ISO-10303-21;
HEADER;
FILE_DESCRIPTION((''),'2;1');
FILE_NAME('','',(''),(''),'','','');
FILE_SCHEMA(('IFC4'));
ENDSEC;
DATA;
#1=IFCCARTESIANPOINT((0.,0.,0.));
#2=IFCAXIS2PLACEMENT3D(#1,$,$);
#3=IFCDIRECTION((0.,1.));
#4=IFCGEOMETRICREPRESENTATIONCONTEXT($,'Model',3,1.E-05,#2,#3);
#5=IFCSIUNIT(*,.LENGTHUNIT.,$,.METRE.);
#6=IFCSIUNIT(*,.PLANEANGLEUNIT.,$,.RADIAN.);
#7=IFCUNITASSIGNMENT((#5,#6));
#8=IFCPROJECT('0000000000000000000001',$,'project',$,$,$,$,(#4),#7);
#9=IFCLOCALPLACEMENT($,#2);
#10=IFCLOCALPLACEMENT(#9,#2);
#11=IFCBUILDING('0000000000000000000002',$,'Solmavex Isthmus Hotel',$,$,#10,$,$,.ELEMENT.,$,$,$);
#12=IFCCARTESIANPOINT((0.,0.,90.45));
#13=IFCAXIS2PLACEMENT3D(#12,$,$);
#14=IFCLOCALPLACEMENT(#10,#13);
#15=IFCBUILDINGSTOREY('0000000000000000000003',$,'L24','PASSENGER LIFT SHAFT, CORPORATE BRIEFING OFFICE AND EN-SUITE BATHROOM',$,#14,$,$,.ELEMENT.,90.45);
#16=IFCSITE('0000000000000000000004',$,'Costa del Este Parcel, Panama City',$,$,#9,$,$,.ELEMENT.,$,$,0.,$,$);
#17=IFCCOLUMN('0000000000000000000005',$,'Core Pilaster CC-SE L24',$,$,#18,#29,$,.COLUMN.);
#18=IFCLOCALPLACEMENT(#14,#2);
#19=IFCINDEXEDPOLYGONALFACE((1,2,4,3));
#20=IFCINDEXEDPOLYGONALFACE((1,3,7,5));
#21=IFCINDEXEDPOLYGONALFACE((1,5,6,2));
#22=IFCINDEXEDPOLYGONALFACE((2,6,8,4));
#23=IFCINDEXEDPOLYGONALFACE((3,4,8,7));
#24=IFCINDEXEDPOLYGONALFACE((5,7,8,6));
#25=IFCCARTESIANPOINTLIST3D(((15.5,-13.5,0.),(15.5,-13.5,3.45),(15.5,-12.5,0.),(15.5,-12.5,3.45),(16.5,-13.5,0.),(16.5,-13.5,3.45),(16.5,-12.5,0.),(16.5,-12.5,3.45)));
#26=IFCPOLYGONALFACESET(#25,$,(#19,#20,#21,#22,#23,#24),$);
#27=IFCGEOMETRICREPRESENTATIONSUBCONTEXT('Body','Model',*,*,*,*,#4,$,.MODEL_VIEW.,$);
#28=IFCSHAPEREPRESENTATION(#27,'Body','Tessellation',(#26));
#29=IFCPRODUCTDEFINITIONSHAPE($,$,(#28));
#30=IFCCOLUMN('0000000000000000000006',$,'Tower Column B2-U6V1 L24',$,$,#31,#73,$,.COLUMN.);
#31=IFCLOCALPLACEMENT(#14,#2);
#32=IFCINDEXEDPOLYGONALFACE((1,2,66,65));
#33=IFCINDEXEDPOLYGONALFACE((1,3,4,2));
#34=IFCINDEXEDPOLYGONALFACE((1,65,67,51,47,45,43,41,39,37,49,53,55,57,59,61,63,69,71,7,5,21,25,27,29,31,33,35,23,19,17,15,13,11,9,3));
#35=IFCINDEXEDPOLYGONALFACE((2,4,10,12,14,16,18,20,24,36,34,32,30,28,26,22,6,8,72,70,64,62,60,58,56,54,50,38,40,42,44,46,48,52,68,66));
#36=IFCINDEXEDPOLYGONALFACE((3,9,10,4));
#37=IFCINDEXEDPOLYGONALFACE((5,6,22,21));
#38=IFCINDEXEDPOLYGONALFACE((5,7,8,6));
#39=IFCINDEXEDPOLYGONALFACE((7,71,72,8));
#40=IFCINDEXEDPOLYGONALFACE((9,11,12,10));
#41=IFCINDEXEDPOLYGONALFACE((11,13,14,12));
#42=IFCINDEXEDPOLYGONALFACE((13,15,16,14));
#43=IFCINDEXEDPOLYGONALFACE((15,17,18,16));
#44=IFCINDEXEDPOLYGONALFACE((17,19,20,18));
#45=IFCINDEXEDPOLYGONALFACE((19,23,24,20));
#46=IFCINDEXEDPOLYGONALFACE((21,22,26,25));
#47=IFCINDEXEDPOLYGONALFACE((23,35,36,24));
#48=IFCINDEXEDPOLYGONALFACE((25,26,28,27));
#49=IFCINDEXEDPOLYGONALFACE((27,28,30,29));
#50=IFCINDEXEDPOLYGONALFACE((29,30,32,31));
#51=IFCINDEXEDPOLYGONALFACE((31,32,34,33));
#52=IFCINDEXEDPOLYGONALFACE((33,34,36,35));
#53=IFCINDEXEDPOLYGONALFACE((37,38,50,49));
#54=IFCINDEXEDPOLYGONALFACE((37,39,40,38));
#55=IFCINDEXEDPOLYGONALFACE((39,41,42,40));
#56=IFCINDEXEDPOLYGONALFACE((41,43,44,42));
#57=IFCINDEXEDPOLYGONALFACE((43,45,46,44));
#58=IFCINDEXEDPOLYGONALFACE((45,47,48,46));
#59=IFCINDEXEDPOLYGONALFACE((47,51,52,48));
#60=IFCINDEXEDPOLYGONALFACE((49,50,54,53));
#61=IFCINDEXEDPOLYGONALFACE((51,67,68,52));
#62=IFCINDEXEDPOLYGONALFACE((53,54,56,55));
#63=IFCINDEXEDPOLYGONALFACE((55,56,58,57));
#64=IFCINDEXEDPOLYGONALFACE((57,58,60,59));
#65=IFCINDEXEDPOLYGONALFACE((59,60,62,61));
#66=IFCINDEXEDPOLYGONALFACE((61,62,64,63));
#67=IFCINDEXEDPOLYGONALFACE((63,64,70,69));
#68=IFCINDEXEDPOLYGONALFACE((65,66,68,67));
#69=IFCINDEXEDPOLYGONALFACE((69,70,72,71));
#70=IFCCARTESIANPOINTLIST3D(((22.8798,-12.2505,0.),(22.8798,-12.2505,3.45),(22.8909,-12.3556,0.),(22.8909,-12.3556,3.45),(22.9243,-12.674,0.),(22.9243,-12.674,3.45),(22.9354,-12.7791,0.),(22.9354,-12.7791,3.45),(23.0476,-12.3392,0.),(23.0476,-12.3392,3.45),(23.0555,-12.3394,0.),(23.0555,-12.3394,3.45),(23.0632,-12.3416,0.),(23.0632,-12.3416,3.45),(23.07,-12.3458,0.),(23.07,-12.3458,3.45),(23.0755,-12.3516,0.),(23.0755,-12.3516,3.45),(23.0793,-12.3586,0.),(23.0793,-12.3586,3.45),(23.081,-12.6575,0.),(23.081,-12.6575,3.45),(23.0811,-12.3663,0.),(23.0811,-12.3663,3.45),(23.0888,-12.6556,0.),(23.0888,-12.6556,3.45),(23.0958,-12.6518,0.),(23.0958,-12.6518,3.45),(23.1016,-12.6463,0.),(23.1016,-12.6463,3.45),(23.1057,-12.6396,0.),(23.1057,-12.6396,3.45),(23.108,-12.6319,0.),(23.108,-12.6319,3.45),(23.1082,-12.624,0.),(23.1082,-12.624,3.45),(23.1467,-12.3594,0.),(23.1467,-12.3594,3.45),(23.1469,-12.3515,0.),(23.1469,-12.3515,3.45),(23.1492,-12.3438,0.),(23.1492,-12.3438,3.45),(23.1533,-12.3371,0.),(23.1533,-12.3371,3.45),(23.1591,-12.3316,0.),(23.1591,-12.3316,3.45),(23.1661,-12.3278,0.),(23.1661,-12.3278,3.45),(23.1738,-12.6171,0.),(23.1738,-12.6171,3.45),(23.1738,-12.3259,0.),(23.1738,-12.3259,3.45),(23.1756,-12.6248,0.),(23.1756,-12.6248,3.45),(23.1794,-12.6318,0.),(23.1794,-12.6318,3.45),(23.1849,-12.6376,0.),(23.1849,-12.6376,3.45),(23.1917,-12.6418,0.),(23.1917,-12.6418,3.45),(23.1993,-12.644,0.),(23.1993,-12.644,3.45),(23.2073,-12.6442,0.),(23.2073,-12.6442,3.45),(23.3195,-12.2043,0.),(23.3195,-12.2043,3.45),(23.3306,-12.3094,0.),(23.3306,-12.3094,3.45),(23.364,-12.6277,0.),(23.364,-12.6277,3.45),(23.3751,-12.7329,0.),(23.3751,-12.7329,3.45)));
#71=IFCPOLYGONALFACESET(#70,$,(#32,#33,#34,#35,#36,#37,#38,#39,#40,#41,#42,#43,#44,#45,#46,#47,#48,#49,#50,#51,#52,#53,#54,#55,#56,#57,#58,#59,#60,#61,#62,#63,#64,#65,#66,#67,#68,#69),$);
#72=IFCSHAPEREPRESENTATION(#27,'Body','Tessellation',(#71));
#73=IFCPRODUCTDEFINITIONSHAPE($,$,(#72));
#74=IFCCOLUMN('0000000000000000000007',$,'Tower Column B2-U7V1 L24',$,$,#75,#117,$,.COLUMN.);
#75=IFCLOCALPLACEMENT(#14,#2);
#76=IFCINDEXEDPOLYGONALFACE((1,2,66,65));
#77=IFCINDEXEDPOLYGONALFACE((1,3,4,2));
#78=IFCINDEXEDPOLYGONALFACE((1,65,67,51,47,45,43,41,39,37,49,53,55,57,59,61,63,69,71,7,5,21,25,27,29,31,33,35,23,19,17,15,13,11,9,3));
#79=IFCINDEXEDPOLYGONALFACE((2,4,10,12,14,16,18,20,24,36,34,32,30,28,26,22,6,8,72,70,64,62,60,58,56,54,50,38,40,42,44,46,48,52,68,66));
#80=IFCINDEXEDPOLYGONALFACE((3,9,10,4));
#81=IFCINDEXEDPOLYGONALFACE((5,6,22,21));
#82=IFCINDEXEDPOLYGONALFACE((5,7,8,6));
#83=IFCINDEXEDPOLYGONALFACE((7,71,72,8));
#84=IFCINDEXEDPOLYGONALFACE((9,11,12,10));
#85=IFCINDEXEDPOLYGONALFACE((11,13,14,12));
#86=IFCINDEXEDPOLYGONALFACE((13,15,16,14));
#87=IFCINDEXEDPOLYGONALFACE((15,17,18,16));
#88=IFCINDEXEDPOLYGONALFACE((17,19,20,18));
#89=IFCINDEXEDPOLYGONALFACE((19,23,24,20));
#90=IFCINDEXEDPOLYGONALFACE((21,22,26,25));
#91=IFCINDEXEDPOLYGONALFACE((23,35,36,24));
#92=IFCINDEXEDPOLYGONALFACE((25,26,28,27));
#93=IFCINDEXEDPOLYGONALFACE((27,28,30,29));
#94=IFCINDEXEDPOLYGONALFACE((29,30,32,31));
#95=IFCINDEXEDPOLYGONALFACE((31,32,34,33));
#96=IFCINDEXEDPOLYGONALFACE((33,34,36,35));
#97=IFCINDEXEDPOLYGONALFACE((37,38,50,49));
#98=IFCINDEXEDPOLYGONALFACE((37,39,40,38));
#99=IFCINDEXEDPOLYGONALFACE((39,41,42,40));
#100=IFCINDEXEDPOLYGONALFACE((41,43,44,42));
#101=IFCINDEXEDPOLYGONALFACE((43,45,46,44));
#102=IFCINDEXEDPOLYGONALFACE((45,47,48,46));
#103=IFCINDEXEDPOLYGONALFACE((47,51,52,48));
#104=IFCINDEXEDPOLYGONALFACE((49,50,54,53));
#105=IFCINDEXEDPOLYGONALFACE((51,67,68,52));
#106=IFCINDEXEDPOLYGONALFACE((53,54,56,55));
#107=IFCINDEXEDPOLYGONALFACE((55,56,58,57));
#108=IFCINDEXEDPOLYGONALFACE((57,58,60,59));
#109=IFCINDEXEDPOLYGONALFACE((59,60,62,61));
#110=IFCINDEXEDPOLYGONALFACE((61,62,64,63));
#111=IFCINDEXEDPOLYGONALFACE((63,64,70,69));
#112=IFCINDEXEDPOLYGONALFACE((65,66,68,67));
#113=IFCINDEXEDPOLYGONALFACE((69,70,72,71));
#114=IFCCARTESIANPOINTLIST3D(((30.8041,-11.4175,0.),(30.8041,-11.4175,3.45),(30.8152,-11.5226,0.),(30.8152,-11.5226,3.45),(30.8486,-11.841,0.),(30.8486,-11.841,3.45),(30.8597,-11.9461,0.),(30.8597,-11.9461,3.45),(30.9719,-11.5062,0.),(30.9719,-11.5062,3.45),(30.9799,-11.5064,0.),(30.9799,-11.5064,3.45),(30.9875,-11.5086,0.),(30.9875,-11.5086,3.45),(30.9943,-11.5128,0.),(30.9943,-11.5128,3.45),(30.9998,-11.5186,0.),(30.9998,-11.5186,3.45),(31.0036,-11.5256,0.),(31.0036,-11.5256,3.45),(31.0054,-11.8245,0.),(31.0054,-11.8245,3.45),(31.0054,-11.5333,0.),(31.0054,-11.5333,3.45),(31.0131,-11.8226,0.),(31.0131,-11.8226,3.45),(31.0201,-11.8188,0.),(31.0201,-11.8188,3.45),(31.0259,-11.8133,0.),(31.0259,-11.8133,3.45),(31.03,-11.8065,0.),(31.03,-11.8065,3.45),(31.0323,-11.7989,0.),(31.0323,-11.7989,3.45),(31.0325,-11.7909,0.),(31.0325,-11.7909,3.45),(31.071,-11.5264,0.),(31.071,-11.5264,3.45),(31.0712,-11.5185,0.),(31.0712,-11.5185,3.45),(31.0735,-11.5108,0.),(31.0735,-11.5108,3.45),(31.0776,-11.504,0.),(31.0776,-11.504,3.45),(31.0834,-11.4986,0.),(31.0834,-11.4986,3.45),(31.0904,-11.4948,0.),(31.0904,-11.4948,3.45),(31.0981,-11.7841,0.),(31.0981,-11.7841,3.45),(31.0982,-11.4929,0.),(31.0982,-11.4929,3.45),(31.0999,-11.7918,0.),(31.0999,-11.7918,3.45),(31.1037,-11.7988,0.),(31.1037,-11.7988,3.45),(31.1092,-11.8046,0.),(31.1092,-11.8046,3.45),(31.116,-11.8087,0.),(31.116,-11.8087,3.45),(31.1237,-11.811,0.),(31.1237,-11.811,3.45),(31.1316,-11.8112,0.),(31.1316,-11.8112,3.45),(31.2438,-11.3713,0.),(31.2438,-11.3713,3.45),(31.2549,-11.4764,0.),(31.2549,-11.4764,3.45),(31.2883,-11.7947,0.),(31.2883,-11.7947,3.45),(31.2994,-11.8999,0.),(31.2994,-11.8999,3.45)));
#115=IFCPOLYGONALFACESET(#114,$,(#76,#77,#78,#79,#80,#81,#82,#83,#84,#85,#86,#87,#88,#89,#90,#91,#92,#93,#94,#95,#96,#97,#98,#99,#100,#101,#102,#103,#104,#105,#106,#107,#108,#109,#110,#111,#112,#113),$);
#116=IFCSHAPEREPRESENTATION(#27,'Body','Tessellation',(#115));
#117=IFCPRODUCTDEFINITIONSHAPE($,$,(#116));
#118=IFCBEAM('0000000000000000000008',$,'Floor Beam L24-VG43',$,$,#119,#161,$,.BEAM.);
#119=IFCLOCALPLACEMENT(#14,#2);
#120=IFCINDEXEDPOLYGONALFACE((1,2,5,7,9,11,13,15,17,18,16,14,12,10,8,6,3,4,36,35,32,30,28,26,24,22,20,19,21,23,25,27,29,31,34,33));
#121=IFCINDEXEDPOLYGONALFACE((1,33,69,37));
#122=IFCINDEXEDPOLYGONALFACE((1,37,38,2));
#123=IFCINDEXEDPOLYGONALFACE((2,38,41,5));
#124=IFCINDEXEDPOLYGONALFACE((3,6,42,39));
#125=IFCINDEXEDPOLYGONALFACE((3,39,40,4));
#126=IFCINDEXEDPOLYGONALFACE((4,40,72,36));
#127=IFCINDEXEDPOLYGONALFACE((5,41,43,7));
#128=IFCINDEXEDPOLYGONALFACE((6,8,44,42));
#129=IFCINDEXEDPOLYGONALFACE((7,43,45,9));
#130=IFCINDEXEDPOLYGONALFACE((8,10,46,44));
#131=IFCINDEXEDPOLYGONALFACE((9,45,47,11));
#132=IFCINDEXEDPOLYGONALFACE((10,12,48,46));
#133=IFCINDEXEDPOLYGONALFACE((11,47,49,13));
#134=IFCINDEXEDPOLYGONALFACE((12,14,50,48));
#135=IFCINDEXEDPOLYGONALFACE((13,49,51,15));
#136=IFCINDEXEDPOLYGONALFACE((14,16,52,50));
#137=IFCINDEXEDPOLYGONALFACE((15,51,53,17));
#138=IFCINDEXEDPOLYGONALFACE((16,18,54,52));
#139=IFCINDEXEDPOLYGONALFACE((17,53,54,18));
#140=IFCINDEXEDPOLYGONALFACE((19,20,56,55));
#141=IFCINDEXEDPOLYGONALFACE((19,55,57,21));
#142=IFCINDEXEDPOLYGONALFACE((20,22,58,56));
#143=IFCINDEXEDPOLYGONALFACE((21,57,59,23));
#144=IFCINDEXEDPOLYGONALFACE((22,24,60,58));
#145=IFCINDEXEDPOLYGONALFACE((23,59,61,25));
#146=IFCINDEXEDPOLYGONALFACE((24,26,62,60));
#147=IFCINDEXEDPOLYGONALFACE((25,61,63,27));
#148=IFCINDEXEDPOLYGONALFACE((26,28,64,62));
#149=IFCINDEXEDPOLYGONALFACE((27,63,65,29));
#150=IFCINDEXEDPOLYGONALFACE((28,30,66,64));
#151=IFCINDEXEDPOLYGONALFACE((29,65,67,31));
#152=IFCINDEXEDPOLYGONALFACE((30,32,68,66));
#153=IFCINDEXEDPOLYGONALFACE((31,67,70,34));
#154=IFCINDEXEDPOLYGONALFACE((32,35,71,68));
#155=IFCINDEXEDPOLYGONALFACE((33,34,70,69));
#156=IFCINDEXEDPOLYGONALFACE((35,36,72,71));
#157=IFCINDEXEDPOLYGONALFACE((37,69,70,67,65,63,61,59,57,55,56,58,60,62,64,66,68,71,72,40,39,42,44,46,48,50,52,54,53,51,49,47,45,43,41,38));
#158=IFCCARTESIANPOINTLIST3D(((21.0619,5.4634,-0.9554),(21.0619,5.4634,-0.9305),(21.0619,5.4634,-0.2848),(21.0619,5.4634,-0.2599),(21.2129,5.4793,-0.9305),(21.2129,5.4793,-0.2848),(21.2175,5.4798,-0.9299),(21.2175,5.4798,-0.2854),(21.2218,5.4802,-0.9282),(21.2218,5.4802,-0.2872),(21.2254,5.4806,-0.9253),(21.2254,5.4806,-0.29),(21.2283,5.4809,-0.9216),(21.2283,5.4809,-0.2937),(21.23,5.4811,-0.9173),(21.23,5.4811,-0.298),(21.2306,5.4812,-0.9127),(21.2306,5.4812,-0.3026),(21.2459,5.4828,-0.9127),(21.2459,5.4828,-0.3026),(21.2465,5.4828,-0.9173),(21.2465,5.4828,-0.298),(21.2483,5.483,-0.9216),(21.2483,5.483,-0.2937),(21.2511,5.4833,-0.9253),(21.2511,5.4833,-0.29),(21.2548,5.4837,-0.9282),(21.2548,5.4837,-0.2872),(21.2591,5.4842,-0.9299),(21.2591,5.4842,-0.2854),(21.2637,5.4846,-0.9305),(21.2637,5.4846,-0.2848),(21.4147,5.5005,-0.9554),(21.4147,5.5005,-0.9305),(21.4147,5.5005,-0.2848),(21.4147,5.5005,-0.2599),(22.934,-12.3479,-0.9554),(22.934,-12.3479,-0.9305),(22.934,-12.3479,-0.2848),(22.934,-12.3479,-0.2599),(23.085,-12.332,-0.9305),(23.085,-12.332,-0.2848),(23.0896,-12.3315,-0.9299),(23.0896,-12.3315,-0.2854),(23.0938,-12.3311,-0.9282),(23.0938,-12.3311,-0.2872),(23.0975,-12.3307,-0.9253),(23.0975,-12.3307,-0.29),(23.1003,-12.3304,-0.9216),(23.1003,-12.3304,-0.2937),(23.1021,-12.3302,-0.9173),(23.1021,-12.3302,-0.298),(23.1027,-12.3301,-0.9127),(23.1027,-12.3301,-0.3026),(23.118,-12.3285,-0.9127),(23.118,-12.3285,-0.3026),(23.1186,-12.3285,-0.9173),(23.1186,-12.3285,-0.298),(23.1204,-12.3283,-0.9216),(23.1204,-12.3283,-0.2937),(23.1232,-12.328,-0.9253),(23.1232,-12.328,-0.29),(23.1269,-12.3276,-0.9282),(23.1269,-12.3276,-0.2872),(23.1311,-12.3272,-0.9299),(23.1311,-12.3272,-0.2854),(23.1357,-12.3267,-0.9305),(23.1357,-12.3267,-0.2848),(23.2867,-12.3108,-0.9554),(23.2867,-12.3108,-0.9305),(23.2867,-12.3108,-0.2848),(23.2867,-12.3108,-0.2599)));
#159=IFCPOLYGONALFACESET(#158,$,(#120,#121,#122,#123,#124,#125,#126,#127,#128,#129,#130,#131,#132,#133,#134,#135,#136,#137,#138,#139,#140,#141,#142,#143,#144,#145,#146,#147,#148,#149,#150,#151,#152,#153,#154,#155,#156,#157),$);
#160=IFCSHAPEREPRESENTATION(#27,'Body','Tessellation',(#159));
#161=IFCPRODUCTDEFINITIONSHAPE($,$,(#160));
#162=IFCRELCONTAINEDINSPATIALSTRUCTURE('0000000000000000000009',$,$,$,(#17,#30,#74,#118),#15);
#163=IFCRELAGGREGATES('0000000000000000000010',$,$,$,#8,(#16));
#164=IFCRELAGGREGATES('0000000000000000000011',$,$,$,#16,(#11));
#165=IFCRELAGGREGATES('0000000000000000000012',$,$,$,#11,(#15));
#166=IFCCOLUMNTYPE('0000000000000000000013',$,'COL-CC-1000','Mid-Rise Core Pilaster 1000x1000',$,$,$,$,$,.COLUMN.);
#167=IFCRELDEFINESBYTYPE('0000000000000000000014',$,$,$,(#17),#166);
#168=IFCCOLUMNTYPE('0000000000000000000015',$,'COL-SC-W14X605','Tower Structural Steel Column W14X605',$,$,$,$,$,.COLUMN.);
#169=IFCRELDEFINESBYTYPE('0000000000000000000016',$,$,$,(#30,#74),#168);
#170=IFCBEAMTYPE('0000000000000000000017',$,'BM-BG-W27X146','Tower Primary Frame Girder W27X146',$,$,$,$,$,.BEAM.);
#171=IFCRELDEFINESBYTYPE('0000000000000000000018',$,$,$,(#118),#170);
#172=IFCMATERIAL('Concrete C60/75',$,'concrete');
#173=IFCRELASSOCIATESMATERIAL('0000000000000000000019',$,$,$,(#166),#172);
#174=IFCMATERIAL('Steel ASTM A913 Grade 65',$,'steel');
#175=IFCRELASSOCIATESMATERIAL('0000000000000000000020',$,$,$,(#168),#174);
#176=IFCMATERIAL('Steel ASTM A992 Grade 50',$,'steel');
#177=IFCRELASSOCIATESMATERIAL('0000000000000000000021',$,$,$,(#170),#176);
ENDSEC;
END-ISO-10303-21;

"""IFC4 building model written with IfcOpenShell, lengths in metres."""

from ifc_helpers import new_model, si_unit, direction, frame, origin, origin_2d, place, context, subcontext, project, spatial, rectangle, i_section, extrude, material, material_profile, profile_set, type_object, element, save


model = new_model("IFC4")

# Units and contexts
model_context = context("Model", 3, precision=1e-05, world=origin(), true_north=direction((0.0, 1.0)))
body_context = subcontext(model_context, "Body", "Model", "MODEL_VIEW")
ifc_project = project(units=[si_unit("LENGTHUNIT", "METRE"), si_unit("PLANEANGLEUNIT", "RADIAN")], contexts=[model_context])

# Site, building, storey
site_placement = place(None, origin())
site = spatial("IfcSite", under=ifc_project, at=site_placement, Name="Costa del Este Parcel, Panama City", CompositionType="ELEMENT", RefElevation=0.0)
building_placement = place(site_placement, origin())
building = spatial("IfcBuilding", under=site, at=building_placement, Name="Solmavex Isthmus Hotel", CompositionType="ELEMENT")
storey_placement = place(building_placement, frame((0.0, 0.0, 90.45)))
storey = spatial("IfcBuildingStorey", under=building, at=storey_placement, Name="L24", Description="PASSENGER LIFT SHAFT, CORPORATE BRIEFING OFFICE AND EN-SUITE BATHROOM", CompositionType="ELEMENT", Elevation=90.45)

# Columns
ifc_material_1 = material(Name="Concrete C60/75", Category="concrete")
ifc_material_profile_1 = material_profile(ifc_material_1, rectangle(XDim=1.0, YDim=1.0, at=origin_2d()), Name="RC1000X1000")
ifc_profile_set_1 = profile_set([ifc_material_profile_1], Name="Concrete C60/75")
column_type_1 = type_object("IfcColumnType", Name="COL-CC-1000", Description="Mid-Rise Core Pilaster 1000x1000", PredefinedType="COLUMN", material=ifc_profile_set_1)
column_placement = place(storey_placement, frame((16.0, -13.0, 0.0), z_axis=(0.0, 0.0, 1.0), x_axis=(1.0, 0.0, 0.0)))
element("IfcColumn", 1, at=column_placement, inside=storey, type_object=column_type_1, Name="Core Pilaster CC-SE L24", PredefinedType="COLUMN", context=body_context, shape_type="SweptSolid", body=[
    extrude(rectangle(XDim=1.0, YDim=1.0, at=origin_2d()), origin(), (0.0, 0.0, 1.0), 3.45),
])
ifc_material_2 = material(Name="Steel ASTM A913 Grade 65", Category="steel")
ifc_material_profile_2 = material_profile(ifc_material_2, i_section(OverallWidth=0.4421, OverallDepth=0.5315, WebThickness=0.0659, FlangeThickness=0.1057, FilletRadius=0.0305, at=origin_2d()), Name="W14X605")
ifc_profile_set_2 = profile_set([ifc_material_profile_2], Name="Steel ASTM A913 Grade 65")
column_type_2 = type_object("IfcColumnType", Name="COL-SC-W14X605", Description="Tower Structural Steel Column W14X605", PredefinedType="COLUMN", material=ifc_profile_set_2)
for number, where, z_axis, x_axis, name in (
    (2, (23.1274, -12.4917, 0.0), (0.0, 0.0, 1.0), (0.994522, 0.104528, 0.0), "Tower Column B2-U6V1 L24"),
    (3, (31.0518, -11.6587, 0.0), (0.0, 0.0, 1.0), (0.994522, 0.104528, 0.0), "Tower Column B2-U7V1 L24"),
):
    element("IfcColumn", number, at=place(storey_placement, frame(where, z_axis=z_axis, x_axis=x_axis)), inside=storey, type_object=column_type_2, Name=name, PredefinedType="COLUMN", context=body_context, shape_type="SweptSolid", body=[
        extrude(i_section(OverallWidth=0.4421, OverallDepth=0.5315, WebThickness=0.0659, FlangeThickness=0.1057, FilletRadius=0.0305, at=origin_2d()), origin(), (0.0, 0.0, 1.0), 3.45),
    ])

# Beam
ifc_material_3 = material(Name="Steel ASTM A992 Grade 50", Category="steel")
ifc_material_profile_3 = material_profile(ifc_material_3, i_section(OverallWidth=0.3547, OverallDepth=0.6956, WebThickness=0.0154, FlangeThickness=0.0249, FilletRadius=0.0178, at=origin_2d()), Name="W27X146")
ifc_profile_set_3 = profile_set([ifc_material_profile_3], Name="Steel ASTM A992 Grade 50")
beam_type_1 = type_object("IfcBeamType", Name="BM-BG-W27X146", Description="Tower Primary Frame Girder W27X146", PredefinedType="BEAM", material=ifc_profile_set_3)
beam_1_placement = place(storey_placement, frame((23.1104, -12.3293, -0.6077), z_axis=(-0.10453, 0.994522, 0.0), x_axis=(-0.994522, -0.10453, 0.0)))
element("IfcBeam", 4, at=beam_1_placement, inside=storey, type_object=beam_type_1, Name="Floor Beam L24-VG43", PredefinedType="BEAM", context=body_context, shape_type="SweptSolid", body=[
    extrude(i_section(OverallWidth=0.3547, OverallDepth=0.6956, WebThickness=0.0154, FlangeThickness=0.0249, FilletRadius=0.0178, at=origin_2d()), origin(), (0.0, 0.0, 1.0), 17.9094),
])

save(model, "model.ifc")
